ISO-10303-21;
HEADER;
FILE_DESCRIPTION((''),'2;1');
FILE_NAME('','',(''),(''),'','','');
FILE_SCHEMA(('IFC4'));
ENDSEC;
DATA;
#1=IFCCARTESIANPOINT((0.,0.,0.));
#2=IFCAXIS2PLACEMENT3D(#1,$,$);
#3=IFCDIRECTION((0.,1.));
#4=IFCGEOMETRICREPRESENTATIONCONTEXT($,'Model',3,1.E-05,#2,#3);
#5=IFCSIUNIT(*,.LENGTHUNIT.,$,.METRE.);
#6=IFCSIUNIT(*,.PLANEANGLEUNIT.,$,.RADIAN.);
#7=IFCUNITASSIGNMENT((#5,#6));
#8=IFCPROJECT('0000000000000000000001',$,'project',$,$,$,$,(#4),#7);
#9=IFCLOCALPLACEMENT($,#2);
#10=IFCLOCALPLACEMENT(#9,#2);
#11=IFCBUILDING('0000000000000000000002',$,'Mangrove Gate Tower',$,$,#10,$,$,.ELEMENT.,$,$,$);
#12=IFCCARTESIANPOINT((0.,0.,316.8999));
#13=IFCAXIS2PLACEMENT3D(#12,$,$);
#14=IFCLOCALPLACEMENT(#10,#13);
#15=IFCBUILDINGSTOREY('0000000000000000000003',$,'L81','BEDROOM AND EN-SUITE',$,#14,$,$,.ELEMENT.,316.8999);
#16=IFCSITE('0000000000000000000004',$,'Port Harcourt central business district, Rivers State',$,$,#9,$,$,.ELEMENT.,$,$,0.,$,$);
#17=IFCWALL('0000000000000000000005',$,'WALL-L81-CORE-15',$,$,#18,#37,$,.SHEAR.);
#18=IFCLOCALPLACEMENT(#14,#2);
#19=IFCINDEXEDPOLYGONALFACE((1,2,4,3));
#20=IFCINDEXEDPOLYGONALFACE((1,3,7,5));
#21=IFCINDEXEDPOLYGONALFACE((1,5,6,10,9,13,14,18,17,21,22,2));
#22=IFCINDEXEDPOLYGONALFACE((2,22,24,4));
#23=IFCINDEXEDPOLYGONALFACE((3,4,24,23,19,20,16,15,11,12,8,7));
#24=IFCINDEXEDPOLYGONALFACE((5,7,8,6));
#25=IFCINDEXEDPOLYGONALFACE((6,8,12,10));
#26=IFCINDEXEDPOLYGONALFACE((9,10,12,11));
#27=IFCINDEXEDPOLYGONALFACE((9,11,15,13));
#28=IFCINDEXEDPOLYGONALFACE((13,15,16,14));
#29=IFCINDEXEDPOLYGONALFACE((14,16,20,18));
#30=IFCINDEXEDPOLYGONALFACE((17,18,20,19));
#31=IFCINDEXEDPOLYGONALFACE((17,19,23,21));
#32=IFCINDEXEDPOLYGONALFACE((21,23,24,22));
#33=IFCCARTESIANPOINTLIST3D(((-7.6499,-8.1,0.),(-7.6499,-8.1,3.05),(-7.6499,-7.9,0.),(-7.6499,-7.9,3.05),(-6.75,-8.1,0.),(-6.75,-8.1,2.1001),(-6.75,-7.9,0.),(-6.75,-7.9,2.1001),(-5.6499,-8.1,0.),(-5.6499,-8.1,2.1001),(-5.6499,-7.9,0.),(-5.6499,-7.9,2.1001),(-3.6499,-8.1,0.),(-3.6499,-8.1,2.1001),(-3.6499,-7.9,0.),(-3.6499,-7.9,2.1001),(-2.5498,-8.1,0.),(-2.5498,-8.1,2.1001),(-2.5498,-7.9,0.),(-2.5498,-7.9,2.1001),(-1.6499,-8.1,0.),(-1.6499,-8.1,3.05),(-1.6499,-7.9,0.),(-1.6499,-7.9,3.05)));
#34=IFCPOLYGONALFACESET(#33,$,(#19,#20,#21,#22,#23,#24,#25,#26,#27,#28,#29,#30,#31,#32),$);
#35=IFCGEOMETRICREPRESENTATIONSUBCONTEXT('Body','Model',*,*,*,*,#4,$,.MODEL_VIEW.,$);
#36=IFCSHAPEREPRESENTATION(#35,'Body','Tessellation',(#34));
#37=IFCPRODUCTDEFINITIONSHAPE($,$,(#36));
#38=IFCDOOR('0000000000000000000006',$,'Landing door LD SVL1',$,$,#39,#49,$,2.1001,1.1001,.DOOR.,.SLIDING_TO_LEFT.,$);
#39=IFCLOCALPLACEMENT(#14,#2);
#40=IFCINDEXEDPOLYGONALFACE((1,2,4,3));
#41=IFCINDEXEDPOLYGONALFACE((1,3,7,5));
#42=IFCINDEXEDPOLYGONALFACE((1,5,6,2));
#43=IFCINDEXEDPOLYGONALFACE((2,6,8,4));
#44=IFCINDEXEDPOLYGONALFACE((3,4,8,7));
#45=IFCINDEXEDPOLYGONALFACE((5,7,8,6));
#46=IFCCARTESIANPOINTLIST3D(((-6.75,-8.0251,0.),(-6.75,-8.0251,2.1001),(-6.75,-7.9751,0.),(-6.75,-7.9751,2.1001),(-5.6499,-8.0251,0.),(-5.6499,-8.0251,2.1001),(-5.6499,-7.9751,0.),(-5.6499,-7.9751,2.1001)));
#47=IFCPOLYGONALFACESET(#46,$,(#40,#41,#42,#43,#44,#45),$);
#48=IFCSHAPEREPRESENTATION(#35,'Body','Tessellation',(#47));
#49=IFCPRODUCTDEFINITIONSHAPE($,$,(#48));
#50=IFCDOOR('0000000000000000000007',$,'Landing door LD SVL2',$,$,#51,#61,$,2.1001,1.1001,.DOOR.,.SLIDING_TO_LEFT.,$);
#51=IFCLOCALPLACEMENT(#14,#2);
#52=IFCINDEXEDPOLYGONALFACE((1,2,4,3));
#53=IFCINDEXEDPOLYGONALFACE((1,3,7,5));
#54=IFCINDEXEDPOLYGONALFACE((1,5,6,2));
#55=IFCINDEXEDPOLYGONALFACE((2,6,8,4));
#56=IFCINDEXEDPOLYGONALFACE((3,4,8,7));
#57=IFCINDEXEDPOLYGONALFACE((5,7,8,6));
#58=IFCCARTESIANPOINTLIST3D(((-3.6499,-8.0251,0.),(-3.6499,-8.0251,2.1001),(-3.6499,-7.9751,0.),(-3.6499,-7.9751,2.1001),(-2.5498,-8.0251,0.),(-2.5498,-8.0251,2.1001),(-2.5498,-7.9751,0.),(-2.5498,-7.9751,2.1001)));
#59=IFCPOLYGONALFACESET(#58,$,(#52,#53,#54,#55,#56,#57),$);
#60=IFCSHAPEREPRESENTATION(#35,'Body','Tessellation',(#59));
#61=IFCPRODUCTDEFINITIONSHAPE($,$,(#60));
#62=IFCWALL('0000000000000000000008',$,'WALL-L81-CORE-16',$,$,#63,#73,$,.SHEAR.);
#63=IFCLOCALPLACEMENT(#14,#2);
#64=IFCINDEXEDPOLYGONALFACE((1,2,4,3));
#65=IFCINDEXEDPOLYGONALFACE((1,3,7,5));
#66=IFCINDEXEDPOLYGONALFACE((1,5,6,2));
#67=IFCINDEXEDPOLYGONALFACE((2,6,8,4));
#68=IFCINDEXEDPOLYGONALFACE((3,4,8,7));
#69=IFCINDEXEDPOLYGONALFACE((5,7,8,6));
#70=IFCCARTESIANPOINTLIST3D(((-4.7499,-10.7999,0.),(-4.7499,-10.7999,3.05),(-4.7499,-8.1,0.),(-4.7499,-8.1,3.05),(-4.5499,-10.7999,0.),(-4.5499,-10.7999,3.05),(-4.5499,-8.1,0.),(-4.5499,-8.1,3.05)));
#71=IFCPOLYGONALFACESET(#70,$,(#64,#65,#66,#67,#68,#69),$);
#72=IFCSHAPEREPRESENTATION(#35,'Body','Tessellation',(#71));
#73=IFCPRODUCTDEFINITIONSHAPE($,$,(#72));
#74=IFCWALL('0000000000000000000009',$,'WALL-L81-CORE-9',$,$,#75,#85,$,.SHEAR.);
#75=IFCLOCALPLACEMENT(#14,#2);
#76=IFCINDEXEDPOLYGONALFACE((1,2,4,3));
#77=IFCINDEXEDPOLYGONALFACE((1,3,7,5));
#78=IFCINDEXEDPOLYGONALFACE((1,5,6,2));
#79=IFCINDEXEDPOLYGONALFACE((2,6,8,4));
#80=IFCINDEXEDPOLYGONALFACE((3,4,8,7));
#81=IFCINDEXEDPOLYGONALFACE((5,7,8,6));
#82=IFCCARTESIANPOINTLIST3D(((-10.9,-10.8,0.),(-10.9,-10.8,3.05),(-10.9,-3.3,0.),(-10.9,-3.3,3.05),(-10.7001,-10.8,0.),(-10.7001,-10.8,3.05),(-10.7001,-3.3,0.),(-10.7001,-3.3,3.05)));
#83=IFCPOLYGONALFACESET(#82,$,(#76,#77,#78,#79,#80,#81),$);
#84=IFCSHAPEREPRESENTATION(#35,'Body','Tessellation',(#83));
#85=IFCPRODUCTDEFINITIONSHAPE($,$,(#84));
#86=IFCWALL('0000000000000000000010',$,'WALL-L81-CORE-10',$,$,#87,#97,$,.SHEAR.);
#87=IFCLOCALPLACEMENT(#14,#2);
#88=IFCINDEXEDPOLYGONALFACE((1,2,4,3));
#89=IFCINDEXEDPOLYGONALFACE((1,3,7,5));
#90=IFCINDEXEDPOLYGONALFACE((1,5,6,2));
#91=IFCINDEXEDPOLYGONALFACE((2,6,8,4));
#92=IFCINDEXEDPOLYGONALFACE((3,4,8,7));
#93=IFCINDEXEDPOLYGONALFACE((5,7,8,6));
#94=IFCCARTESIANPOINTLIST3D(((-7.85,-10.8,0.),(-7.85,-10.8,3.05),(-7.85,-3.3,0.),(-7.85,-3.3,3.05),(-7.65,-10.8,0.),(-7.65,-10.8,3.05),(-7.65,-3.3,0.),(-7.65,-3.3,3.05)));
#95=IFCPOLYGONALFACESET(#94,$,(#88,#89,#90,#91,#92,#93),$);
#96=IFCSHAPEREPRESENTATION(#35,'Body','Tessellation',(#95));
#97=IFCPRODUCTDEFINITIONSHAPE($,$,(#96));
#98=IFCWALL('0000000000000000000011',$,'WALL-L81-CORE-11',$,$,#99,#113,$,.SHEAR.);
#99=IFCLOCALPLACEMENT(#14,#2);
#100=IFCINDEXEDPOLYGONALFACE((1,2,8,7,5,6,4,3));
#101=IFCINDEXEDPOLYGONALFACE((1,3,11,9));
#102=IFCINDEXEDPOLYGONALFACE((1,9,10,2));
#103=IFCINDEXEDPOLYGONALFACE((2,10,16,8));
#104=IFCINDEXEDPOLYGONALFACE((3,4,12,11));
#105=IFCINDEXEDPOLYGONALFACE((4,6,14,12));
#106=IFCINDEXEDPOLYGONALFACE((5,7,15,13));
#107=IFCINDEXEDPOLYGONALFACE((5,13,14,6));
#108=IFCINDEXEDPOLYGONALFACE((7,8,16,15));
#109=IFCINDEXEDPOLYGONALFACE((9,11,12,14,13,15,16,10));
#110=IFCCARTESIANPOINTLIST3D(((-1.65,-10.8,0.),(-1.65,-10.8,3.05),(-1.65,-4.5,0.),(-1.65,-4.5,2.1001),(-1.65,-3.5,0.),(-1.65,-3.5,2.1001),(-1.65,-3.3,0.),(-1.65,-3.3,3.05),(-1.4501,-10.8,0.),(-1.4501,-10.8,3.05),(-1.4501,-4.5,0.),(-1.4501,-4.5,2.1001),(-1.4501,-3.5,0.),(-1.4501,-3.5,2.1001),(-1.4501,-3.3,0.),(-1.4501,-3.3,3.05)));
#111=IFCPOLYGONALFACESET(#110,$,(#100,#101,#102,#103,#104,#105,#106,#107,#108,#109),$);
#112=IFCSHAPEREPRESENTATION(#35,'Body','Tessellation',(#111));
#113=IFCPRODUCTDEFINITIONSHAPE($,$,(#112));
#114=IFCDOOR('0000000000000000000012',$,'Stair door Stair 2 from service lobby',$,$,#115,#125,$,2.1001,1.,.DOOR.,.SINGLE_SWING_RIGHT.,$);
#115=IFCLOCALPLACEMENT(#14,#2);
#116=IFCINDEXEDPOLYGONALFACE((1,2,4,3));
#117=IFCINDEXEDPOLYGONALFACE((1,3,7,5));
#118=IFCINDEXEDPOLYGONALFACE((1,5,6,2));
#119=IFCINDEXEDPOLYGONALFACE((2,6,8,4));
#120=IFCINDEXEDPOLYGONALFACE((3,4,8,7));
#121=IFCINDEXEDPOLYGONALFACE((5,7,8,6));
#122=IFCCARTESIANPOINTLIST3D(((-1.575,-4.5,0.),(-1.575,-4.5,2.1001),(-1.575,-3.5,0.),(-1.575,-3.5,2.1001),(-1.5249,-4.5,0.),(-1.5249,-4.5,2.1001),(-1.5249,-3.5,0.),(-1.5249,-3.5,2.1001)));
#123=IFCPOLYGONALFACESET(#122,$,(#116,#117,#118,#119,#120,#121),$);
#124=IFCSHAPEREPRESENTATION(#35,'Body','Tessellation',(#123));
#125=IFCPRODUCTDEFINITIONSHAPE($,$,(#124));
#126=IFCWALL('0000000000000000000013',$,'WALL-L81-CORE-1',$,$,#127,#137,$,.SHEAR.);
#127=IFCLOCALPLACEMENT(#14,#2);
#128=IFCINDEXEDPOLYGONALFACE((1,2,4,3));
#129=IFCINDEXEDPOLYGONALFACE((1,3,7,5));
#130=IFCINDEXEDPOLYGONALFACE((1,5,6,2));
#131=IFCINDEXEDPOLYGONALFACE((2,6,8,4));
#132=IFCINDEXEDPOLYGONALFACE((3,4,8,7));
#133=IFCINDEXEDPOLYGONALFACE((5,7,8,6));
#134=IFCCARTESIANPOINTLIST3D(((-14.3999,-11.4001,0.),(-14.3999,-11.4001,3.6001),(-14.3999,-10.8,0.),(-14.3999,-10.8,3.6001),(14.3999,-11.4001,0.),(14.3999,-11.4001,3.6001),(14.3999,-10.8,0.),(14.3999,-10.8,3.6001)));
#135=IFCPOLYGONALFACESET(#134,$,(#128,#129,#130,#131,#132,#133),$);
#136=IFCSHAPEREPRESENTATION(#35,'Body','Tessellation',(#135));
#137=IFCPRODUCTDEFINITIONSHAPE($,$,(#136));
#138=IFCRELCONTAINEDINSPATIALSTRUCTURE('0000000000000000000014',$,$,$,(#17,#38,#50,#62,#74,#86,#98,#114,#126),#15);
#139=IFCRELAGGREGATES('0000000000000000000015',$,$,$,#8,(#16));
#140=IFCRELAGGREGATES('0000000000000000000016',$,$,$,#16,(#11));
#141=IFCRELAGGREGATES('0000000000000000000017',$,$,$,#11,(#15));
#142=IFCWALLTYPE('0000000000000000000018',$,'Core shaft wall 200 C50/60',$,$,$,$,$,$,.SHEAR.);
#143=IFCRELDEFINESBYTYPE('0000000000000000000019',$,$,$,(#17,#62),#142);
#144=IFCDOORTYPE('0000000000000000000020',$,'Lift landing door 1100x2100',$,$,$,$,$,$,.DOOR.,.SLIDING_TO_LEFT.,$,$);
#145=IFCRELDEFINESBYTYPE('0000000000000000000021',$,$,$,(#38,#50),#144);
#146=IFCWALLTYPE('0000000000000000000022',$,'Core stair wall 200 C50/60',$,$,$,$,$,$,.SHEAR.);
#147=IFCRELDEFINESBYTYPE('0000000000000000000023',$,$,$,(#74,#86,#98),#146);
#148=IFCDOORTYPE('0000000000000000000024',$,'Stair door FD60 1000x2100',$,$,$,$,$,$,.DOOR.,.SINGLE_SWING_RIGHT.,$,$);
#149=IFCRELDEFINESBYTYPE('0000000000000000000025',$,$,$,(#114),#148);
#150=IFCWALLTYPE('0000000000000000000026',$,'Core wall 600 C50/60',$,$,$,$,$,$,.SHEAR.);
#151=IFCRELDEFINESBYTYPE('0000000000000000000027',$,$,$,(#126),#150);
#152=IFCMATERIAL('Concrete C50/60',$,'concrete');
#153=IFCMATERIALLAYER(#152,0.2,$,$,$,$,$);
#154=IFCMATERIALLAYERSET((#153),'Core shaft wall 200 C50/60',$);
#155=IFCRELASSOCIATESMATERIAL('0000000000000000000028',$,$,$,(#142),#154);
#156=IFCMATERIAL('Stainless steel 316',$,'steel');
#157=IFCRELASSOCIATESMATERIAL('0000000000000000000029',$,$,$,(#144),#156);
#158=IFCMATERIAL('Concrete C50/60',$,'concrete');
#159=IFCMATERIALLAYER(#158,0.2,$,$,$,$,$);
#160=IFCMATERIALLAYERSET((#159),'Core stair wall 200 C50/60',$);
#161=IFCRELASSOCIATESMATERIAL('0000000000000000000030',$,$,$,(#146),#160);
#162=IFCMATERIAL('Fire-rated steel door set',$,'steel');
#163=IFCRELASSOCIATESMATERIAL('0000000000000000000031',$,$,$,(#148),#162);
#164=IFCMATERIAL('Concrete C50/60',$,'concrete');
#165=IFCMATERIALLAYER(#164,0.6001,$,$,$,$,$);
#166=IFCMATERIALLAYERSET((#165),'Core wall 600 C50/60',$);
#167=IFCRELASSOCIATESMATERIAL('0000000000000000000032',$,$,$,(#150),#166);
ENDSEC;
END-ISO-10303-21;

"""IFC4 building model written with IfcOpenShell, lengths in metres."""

from ifc_helpers import new_model, si_unit, direction, frame, frame_2d, origin, place, context, subcontext, project, spatial, rectangle, extrude, material, layer, layer_set, type_object, element, fill, save


model = new_model("IFC4")

# Units and contexts
model_context = context("Model", 3, precision=1e-05, world=origin(), true_north=direction((0.0, 1.0)))
body_context = subcontext(model_context, "Body", "Model", "MODEL_VIEW")
ifc_project = project(units=[si_unit("LENGTHUNIT", "METRE"), si_unit("PLANEANGLEUNIT", "RADIAN")], contexts=[model_context])

# Site, building, storey
site_placement = place(None, origin())
site = spatial("IfcSite", under=ifc_project, at=site_placement, Name="Port Harcourt central business district, Rivers State", CompositionType="ELEMENT", RefElevation=0.0)
building_placement = place(site_placement, origin())
building = spatial("IfcBuilding", under=site, at=building_placement, Name="Mangrove Gate Tower", CompositionType="ELEMENT")
storey_placement = place(building_placement, frame((0.0, 0.0, 316.8999)))
storey = spatial("IfcBuildingStorey", under=building, at=storey_placement, Name="L81", Description="BEDROOM AND EN-SUITE", CompositionType="ELEMENT", Elevation=316.8999)

# Wall, openings, doors
ifc_material_1 = material(Name="Concrete C50/60", Category="concrete")
ifc_layer_1 = layer(ifc_material_1, 0.2)
ifc_layer_set_1 = layer_set([ifc_layer_1], Name="Core shaft wall 200 C50/60")
wall_type_1 = type_object("IfcWallType", Name="Core shaft wall 200 C50/60", PredefinedType="SHEAR", material=ifc_layer_set_1)
wall_1_placement = place(storey_placement, frame((-7.6499, -8.0, 0.0), z_axis=(0.0, 0.0, 1.0), x_axis=(1.0, 0.0, 0.0)))
wall_1 = element("IfcWall", 1, at=wall_1_placement, inside=storey, type_object=wall_type_1, Name="WALL-L81-CORE-15", PredefinedType="SHEAR", context=body_context, shape_type="SweptSolid", body=[
    extrude(rectangle(XDim=6.0, YDim=0.2, at=frame_2d((3.0, 0.0))), origin(), (0.0, 0.0, 1.0), 3.05),
])
opening_1_placement = place(wall_1_placement, frame((0.8999, 0.0, 0.0)))
opening_1 = element("IfcOpeningElement", 2, at=opening_1_placement, cuts=wall_1, PredefinedType="OPENING", context=body_context, shape_type="SweptSolid", body=[
    extrude(rectangle(XDim=1.1001, YDim=2.1001, at=frame_2d((0.55, 1.05))), frame((0.0, 0.1099, 0.0), z_axis=(0.0, -1.0, 0.0), x_axis=(1.0, 0.0, 0.0)), (0.0, 0.0, 1.0), 0.22),
])
opening_2_placement = place(wall_1_placement, frame((4.0, 0.0, 0.0)))
opening_2 = element("IfcOpeningElement", 3, at=opening_2_placement, cuts=wall_1, PredefinedType="OPENING", context=body_context, shape_type="SweptSolid", body=[
    extrude(rectangle(XDim=1.1001, YDim=2.1001, at=frame_2d((0.55, 1.05))), frame((0.0, 0.1099, 0.0), z_axis=(0.0, -1.0, 0.0), x_axis=(1.0, 0.0, 0.0)), (0.0, 0.0, 1.0), 0.22),
])
ifc_material_2 = material(Name="Stainless steel 316", Category="steel")
door_type_1 = type_object("IfcDoorType", Name="Lift landing door 1100x2100", OperationType="SLIDING_TO_LEFT", PredefinedType="DOOR", material=ifc_material_2)
door_1_placement = place(opening_1_placement, origin())
door_1 = element("IfcDoor", 4, at=door_1_placement, inside=storey, type_object=door_type_1, Name="Landing door LD SVL1", OperationType="SLIDING_TO_LEFT", OverallHeight=2.1001, OverallWidth=1.1001, PredefinedType="DOOR", context=body_context, shape_type="SweptSolid", body=[
    extrude(rectangle(XDim=1.1001, YDim=2.1001, at=frame_2d((0.55, 1.05))), frame((0.0, 0.0249, 0.0), z_axis=(0.0, -1.0, 0.0), x_axis=(1.0, 0.0, 0.0)), (0.0, 0.0, 1.0), 0.05),
])
fill(opening_1, door_1)
door_2_placement = place(opening_2_placement, origin())
door_2 = element("IfcDoor", 5, at=door_2_placement, inside=storey, type_object=door_type_1, Name="Landing door LD SVL2", OperationType="SLIDING_TO_LEFT", OverallHeight=2.1001, OverallWidth=1.1001, PredefinedType="DOOR", context=body_context, shape_type="SweptSolid", body=[
    extrude(rectangle(XDim=1.1001, YDim=2.1001, at=frame_2d((0.55, 1.05))), frame((0.0, 0.0249, 0.0), z_axis=(0.0, -1.0, 0.0), x_axis=(1.0, 0.0, 0.0)), (0.0, 0.0, 1.0), 0.05),
])
fill(opening_2, door_2)

# Walls
wall_2_placement = place(storey_placement, frame((-4.6499, -10.8, 0.0), z_axis=(0.0, 0.0, 1.0), x_axis=(0.0, 1.0, 0.0)))
element("IfcWall", 6, at=wall_2_placement, inside=storey, type_object=wall_type_1, Name="WALL-L81-CORE-16", PredefinedType="SHEAR", context=body_context, shape_type="SweptSolid", body=[
    extrude(rectangle(XDim=2.7, YDim=0.2, at=frame_2d((1.3501, 0.0))), origin(), (0.0, 0.0, 1.0), 3.05),
])
ifc_material_3 = material(Name="Concrete C50/60", Category="concrete")
ifc_layer_2 = layer(ifc_material_3, 0.2)
ifc_layer_set_2 = layer_set([ifc_layer_2], Name="Core stair wall 200 C50/60")
wall_type_2 = type_object("IfcWallType", Name="Core stair wall 200 C50/60", PredefinedType="SHEAR", material=ifc_layer_set_2)
for number, where, z_axis, x_axis, name in (
    (7, (-10.8, -10.8, 0.0), (0.0, 0.0, 1.0), (0.0, 1.0, 0.0), "WALL-L81-CORE-9"),
    (8, (-7.75, -10.8, 0.0), (0.0, 0.0, 1.0), (0.0, 1.0, 0.0), "WALL-L81-CORE-10"),
):
    element("IfcWall", number, at=place(storey_placement, frame(where, z_axis=z_axis, x_axis=x_axis)), inside=storey, type_object=wall_type_2, Name=name, PredefinedType="SHEAR", context=body_context, shape_type="SweptSolid", body=[
        extrude(rectangle(XDim=7.5, YDim=0.2, at=frame_2d((3.75, 0.0))), origin(), (0.0, 0.0, 1.0), 3.05),
    ])

# Wall, opening, door
wall_3_placement = place(storey_placement, frame((-1.55, -10.8, 0.0), z_axis=(0.0, 0.0, 1.0), x_axis=(0.0, 1.0, 0.0)))
wall_3 = element("IfcWall", 9, at=wall_3_placement, inside=storey, type_object=wall_type_2, Name="WALL-L81-CORE-11", PredefinedType="SHEAR", context=body_context, shape_type="SweptSolid", body=[
    extrude(rectangle(XDim=7.5, YDim=0.2, at=frame_2d((3.75, 0.0))), origin(), (0.0, 0.0, 1.0), 3.05),
])
opening_3_placement = place(wall_3_placement, frame((6.3, 0.0, 0.0)))
opening_3 = element("IfcOpeningElement", 10, at=opening_3_placement, cuts=wall_3, PredefinedType="OPENING", context=body_context, shape_type="SweptSolid", body=[
    extrude(rectangle(XDim=1.0, YDim=2.1001, at=frame_2d((0.5, 1.05))), frame((0.0, 0.1099, 0.0), z_axis=(0.0, -1.0, 0.0), x_axis=(1.0, 0.0, 0.0)), (0.0, 0.0, 1.0), 0.22),
])
ifc_material_4 = material(Name="Fire-rated steel door set", Category="steel")
door_type_2 = type_object("IfcDoorType", Name="Stair door FD60 1000x2100", OperationType="SINGLE_SWING_RIGHT", PredefinedType="DOOR", material=ifc_material_4)
door_3_placement = place(opening_3_placement, origin())
door_3 = element("IfcDoor", 11, at=door_3_placement, inside=storey, type_object=door_type_2, Name="Stair door Stair 2 from service lobby", OperationType="SINGLE_SWING_RIGHT", OverallHeight=2.1001, OverallWidth=1.0, PredefinedType="DOOR", context=body_context, shape_type="SweptSolid", body=[
    extrude(rectangle(XDim=1.0, YDim=2.1001, at=frame_2d((0.5, 1.05))), frame((0.0, 0.0249, 0.0), z_axis=(0.0, -1.0, 0.0), x_axis=(1.0, 0.0, 0.0)), (0.0, 0.0, 1.0), 0.05),
])
fill(opening_3, door_3)

# Wall
ifc_material_5 = material(Name="Concrete C50/60", Category="concrete")
ifc_layer_3 = layer(ifc_material_5, 0.6001)
ifc_layer_set_3 = layer_set([ifc_layer_3], Name="Core wall 600 C50/60")
wall_type_3 = type_object("IfcWallType", Name="Core wall 600 C50/60", PredefinedType="SHEAR", material=ifc_layer_set_3)
wall_4_placement = place(storey_placement, frame((-14.3999, -11.1001, 0.0), z_axis=(0.0, 0.0, 1.0), x_axis=(1.0, 0.0, 0.0)))
element("IfcWall", 12, at=wall_4_placement, inside=storey, type_object=wall_type_3, Name="WALL-L81-CORE-1", PredefinedType="SHEAR", context=body_context, shape_type="SweptSolid", body=[
    extrude(rectangle(XDim=28.7998, YDim=0.6001, at=frame_2d((14.3999, 0.0))), origin(), (0.0, 0.0, 1.0), 3.6001),
])

save(model, "model.ifc")
